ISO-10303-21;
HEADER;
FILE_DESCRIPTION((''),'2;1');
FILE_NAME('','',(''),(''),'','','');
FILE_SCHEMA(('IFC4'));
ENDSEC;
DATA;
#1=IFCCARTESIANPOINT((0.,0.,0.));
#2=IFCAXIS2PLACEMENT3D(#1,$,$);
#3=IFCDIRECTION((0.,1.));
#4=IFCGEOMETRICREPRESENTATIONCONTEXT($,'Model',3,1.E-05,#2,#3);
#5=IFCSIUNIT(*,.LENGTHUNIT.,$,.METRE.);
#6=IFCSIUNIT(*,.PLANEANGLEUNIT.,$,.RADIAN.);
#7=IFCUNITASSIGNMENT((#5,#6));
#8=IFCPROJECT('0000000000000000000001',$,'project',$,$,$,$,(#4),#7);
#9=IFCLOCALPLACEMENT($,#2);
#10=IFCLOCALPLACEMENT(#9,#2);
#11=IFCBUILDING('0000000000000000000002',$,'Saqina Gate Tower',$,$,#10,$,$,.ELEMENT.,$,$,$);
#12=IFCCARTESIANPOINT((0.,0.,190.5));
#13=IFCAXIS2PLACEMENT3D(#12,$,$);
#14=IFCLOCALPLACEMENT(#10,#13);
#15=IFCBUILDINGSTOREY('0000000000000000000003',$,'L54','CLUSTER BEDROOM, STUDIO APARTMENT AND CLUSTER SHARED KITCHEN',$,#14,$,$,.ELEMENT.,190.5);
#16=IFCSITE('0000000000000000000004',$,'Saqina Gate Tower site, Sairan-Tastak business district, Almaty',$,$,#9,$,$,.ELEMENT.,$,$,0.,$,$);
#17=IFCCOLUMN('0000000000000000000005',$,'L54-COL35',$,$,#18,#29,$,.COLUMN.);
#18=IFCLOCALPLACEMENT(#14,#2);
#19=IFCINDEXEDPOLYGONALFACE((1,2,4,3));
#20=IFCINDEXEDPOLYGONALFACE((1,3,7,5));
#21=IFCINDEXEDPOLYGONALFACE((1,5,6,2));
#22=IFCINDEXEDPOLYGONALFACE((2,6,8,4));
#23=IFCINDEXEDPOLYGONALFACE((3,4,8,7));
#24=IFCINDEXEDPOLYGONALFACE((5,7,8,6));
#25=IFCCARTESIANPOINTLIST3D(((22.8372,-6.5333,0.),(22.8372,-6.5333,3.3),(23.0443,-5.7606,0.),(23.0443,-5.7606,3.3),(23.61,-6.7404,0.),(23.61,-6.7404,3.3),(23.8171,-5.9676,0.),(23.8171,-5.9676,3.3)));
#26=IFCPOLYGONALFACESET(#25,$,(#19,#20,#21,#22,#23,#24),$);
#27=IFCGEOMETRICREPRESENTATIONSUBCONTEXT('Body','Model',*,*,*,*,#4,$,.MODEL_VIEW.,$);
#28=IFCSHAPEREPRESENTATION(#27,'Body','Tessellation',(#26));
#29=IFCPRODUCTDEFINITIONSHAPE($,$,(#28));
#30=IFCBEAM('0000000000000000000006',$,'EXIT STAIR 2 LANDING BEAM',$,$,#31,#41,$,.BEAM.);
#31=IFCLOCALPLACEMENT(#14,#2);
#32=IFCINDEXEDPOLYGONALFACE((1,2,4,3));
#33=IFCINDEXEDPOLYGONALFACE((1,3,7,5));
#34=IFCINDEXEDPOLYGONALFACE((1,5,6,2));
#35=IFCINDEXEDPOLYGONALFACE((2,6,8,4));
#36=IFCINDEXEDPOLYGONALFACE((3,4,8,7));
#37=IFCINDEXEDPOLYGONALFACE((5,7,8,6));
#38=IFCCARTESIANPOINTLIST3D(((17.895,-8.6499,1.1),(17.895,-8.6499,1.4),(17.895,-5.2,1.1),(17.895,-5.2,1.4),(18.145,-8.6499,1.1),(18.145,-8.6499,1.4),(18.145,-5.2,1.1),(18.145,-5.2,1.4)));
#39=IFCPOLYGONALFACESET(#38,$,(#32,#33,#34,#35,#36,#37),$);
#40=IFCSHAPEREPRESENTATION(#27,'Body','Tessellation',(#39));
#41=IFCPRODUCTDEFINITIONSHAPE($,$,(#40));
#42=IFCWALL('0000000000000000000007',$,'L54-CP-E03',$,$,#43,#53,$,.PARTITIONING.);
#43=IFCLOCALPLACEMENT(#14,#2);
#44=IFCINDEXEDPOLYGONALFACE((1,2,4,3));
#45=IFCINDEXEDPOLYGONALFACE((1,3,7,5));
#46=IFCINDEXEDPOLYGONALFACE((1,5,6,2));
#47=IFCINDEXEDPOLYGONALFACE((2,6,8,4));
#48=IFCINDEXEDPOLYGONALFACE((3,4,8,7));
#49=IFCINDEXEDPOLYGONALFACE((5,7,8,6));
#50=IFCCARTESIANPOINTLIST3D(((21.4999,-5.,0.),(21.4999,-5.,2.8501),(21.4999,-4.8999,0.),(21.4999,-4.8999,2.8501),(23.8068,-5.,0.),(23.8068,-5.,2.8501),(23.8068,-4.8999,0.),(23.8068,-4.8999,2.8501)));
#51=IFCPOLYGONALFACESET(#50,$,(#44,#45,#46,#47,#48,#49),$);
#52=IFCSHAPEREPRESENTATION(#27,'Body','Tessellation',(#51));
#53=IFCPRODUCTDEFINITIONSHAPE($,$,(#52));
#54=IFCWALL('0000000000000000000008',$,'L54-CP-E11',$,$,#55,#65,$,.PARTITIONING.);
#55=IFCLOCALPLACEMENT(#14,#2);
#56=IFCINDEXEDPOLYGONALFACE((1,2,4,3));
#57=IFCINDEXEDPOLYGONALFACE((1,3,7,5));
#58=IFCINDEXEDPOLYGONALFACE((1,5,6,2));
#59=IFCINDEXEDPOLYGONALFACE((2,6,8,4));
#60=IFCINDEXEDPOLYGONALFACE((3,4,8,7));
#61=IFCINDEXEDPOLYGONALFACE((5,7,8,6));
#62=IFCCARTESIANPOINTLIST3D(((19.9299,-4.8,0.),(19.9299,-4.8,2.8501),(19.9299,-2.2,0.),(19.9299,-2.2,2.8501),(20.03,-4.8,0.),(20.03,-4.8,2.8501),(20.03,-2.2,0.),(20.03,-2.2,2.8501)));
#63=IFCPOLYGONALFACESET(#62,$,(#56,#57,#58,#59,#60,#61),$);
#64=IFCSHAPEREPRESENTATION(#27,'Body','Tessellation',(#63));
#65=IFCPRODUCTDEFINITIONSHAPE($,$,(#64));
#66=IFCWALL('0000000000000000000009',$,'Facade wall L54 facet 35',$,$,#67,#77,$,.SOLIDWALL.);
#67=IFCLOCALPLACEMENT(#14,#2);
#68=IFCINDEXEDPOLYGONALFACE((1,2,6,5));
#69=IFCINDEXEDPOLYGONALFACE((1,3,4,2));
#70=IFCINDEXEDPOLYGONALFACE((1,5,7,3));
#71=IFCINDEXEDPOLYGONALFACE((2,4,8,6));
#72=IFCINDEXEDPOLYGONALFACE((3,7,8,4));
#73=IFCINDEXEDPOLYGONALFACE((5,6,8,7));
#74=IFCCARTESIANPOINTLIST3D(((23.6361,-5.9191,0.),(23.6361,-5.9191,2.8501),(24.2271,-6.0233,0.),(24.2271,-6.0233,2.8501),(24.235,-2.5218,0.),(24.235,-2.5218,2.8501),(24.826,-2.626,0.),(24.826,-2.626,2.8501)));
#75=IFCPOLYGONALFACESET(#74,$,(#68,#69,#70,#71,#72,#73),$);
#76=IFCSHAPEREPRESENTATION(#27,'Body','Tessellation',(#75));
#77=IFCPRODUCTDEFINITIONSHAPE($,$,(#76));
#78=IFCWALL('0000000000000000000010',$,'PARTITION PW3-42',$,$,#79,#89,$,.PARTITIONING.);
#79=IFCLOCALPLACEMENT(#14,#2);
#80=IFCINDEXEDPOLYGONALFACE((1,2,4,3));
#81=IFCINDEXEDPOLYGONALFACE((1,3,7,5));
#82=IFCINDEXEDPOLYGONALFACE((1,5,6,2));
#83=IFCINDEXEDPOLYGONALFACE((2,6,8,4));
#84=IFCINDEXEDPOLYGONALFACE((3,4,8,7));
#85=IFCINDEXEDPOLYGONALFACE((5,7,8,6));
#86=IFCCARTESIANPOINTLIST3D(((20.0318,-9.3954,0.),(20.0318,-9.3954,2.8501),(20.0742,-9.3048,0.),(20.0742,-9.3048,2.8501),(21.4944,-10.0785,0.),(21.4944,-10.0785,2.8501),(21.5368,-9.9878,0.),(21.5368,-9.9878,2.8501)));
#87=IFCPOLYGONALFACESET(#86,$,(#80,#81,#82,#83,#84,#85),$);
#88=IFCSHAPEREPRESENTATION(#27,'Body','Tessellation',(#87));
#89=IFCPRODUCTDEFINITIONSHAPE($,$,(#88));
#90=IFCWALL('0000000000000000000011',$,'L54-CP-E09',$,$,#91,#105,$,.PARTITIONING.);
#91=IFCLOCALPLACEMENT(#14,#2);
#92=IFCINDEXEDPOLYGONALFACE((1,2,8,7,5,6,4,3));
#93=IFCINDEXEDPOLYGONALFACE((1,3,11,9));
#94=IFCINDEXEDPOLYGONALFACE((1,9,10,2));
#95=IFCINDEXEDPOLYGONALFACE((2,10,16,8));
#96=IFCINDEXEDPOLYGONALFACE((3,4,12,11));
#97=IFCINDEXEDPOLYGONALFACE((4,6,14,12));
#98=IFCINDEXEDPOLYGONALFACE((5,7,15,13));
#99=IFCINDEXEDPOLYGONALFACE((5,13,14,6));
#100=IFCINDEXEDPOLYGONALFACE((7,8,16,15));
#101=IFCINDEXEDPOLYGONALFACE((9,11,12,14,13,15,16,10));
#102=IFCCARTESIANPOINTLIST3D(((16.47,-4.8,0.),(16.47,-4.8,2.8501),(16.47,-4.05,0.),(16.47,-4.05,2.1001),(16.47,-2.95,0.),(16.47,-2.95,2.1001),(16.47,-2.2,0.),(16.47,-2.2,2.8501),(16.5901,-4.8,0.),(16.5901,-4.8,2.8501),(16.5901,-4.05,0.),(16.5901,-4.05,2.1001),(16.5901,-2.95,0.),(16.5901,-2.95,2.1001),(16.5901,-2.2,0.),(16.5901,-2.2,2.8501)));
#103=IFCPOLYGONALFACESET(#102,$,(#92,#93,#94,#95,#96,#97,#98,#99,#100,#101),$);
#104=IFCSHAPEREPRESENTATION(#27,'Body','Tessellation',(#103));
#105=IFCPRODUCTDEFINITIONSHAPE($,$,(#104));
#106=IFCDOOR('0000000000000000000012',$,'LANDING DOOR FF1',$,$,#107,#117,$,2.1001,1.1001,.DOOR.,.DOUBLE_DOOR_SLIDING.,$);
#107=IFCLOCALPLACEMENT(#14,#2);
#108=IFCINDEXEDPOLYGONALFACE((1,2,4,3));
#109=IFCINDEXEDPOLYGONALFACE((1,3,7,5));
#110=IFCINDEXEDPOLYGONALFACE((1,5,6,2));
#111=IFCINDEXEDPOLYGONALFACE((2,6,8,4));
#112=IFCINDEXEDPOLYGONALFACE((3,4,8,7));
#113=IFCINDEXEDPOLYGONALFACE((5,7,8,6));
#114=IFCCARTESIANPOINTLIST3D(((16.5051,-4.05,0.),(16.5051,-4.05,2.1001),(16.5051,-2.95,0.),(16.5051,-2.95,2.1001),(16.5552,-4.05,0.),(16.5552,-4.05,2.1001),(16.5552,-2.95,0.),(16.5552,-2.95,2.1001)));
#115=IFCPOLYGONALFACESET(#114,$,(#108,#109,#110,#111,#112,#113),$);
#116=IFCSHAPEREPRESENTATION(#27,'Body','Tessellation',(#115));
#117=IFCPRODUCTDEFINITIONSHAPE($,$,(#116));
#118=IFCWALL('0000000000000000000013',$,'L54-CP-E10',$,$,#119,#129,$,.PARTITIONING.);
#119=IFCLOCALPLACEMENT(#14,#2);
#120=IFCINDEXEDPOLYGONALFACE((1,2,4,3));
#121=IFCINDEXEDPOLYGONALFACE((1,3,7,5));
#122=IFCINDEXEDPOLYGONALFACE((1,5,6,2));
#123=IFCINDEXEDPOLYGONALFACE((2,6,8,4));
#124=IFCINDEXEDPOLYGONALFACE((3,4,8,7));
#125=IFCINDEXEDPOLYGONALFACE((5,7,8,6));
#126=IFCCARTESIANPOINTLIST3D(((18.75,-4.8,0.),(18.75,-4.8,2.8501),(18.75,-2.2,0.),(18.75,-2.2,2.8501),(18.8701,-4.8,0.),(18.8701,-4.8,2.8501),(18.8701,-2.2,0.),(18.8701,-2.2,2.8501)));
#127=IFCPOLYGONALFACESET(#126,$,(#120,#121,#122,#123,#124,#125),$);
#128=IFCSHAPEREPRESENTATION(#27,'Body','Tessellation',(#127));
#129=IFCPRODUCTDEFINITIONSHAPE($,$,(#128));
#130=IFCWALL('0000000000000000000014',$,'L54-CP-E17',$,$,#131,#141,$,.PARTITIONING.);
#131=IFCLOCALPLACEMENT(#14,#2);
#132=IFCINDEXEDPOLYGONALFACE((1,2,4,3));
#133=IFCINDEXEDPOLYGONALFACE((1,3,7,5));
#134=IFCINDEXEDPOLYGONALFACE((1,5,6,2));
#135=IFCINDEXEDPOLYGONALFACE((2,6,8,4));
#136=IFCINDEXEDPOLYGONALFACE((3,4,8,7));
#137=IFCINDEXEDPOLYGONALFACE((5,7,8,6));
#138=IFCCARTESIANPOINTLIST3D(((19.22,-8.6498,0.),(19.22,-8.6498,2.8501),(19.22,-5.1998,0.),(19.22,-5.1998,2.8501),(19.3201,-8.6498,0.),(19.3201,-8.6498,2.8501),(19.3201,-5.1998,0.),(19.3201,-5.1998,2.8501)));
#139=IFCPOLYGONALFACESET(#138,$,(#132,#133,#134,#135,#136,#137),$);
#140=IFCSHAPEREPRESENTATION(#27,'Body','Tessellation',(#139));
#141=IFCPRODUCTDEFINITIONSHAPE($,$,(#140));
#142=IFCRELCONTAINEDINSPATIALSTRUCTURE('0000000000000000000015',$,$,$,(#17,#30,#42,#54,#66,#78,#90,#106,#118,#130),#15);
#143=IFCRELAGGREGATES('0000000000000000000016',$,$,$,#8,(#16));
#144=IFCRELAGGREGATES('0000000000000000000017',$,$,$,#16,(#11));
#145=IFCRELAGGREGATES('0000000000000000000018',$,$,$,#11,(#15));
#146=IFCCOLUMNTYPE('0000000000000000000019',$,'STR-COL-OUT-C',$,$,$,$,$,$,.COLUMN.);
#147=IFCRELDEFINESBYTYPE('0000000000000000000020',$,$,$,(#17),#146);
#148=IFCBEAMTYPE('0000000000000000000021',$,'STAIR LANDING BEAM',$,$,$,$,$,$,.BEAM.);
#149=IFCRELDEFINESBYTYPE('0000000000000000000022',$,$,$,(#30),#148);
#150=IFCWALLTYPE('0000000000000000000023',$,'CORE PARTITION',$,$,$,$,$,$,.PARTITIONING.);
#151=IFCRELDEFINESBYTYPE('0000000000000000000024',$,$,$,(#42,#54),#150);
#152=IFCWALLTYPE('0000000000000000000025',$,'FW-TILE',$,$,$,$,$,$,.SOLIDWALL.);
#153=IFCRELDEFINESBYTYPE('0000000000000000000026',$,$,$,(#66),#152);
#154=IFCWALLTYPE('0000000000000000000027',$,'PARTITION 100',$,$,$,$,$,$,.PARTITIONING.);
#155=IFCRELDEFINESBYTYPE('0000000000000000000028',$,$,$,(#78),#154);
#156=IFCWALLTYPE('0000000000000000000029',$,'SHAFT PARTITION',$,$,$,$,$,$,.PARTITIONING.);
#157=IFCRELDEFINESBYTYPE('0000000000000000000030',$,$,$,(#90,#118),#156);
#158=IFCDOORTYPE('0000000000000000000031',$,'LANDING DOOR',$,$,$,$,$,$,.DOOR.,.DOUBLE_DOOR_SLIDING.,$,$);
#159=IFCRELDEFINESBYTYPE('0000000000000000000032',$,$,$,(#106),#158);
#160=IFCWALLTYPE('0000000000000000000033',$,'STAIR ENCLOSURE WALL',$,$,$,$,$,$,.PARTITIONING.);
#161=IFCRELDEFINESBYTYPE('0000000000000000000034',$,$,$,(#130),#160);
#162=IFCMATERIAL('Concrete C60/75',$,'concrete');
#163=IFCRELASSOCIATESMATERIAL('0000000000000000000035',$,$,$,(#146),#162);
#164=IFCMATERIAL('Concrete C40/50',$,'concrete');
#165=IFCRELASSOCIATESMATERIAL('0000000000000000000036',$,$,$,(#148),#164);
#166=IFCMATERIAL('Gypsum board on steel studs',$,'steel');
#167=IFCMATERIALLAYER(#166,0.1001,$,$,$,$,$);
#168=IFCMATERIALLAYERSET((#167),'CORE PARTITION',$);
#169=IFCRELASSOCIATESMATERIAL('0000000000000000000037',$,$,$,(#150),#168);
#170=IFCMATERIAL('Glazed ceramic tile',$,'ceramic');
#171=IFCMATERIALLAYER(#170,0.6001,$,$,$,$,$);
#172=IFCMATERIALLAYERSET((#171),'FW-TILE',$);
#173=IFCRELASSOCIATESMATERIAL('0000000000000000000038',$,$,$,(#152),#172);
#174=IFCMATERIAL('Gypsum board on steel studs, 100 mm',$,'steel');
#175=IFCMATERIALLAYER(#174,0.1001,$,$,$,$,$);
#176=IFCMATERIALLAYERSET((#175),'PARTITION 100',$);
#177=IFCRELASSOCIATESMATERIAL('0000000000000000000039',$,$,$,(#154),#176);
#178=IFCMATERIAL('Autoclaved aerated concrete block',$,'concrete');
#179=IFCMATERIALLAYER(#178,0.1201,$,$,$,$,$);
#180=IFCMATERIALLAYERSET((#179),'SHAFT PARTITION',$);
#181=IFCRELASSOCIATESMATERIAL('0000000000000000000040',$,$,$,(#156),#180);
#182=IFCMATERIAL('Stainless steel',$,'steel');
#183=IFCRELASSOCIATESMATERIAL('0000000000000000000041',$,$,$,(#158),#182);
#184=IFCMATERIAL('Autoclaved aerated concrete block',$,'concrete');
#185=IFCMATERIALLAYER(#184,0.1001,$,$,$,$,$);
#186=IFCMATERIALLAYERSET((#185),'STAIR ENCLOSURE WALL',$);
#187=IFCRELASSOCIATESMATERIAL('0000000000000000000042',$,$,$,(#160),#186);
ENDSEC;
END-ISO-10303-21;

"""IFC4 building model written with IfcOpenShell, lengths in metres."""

from ifc_helpers import new_model, si_unit, direction, frame, frame_2d, origin, origin_2d, place, context, subcontext, project, spatial, rectangle, extrude, material, layer, layer_set, material_profile, profile_set, type_object, element, fill, save


model = new_model("IFC4")

# Units and contexts
model_context = context("Model", 3, precision=1e-05, world=origin(), true_north=direction((0.0, 1.0)))
body_context = subcontext(model_context, "Body", "Model", "MODEL_VIEW")
ifc_project = project(units=[si_unit("LENGTHUNIT", "METRE"), si_unit("PLANEANGLEUNIT", "RADIAN")], contexts=[model_context])

# Site, building, storey
site_placement = place(None, origin())
site = spatial("IfcSite", under=ifc_project, at=site_placement, Name="Saqina Gate Tower site, Sairan-Tastak business district, Almaty", CompositionType="ELEMENT", RefElevation=0.0)
building_placement = place(site_placement, origin())
building = spatial("IfcBuilding", under=site, at=building_placement, Name="Saqina Gate Tower", CompositionType="ELEMENT")
storey_placement = place(building_placement, frame((0.0, 0.0, 190.5)))
storey = spatial("IfcBuildingStorey", under=building, at=storey_placement, Name="L54", Description="CLUSTER BEDROOM, STUDIO APARTMENT AND CLUSTER SHARED KITCHEN", CompositionType="ELEMENT", Elevation=190.5)

# Column
ifc_material_1 = material(Name="Concrete C60/75", Category="concrete")
ifc_material_profile_1 = material_profile(ifc_material_1, rectangle(XDim=0.8, YDim=0.8, at=origin_2d()), Name="RC 800x800")
ifc_profile_set_1 = profile_set([ifc_material_profile_1], Name="Concrete C60/75")
column_type = type_object("IfcColumnType", Name="STR-COL-OUT-C", PredefinedType="COLUMN", material=ifc_profile_set_1)
column_placement = place(storey_placement, frame((23.3271, -6.2505, 0.0), z_axis=(0.0, 0.0, 1.0), x_axis=(0.965926, -0.258819, 0.0)))
element("IfcColumn", 1, at=column_placement, inside=storey, type_object=column_type, Name="L54-COL35", PredefinedType="COLUMN", context=body_context, shape_type="SweptSolid", body=[
    extrude(rectangle(XDim=0.8, YDim=0.8, at=origin_2d()), origin(), (0.0, 0.0, 1.0), 3.3),
])

# Beam
ifc_material_2 = material(Name="Concrete C40/50", Category="concrete")
ifc_material_profile_2 = material_profile(ifc_material_2, rectangle(XDim=0.25, YDim=0.3, at=origin_2d()), Name="STAIR LANDING BEAM")
ifc_profile_set_2 = profile_set([ifc_material_profile_2], Name="Concrete C40/50")
beam_type = type_object("IfcBeamType", Name="STAIR LANDING BEAM", PredefinedType="BEAM", material=ifc_profile_set_2)
beam_placement = place(storey_placement, frame((18.02, -8.6499, 1.25), z_axis=(0.0, 1.0, 0.0), x_axis=(-1.0, 0.0, 0.0)))
element("IfcBeam", 2, at=beam_placement, inside=storey, type_object=beam_type, Name="EXIT STAIR 2 LANDING BEAM", PredefinedType="BEAM", context=body_context, shape_type="SweptSolid", body=[
    extrude(rectangle(XDim=0.25, YDim=0.3, at=origin_2d()), origin(), (0.0, 0.0, 1.0), 3.45),
])

# Walls
ifc_material_3 = material(Name="Gypsum board on steel studs", Category="steel")
ifc_layer_1 = layer(ifc_material_3, 0.1001)
ifc_layer_set_1 = layer_set([ifc_layer_1], Name="CORE PARTITION")
wall_type_1 = type_object("IfcWallType", Name="CORE PARTITION", PredefinedType="PARTITIONING", material=ifc_layer_set_1)
wall_1_placement = place(storey_placement, frame((21.5, -4.95, 0.0), z_axis=(0.0, 0.0, 1.0), x_axis=(1.0, 0.0, 0.0)))
element("IfcWall", 3, at=wall_1_placement, inside=storey, type_object=wall_type_1, Name="L54-CP-E03", PredefinedType="PARTITIONING", context=body_context, shape_type="SweptSolid", body=[
    extrude(rectangle(XDim=2.3069, YDim=0.1001, at=frame_2d((1.1533, 0.0))), origin(), (0.0, 0.0, 1.0), 2.8501),
])
wall_2_placement = place(storey_placement, frame((19.98, -4.8, 0.0), z_axis=(0.0, 0.0, 1.0), x_axis=(0.0, 1.0, 0.0)))
element("IfcWall", 4, at=wall_2_placement, inside=storey, type_object=wall_type_1, Name="L54-CP-E11", PredefinedType="PARTITIONING", context=body_context, shape_type="SweptSolid", body=[
    extrude(rectangle(XDim=2.6001, YDim=0.1001, at=frame_2d((1.3, 0.0))), origin(), (0.0, 0.0, 1.0), 2.8501),
])
ifc_material_4 = material(Name="Glazed ceramic tile", Category="ceramic")
ifc_layer_2 = layer(ifc_material_4, 0.6001)
ifc_layer_set_2 = layer_set([ifc_layer_2], Name="FW-TILE")
wall_type_2 = type_object("IfcWallType", Name="FW-TILE", PredefinedType="SOLIDWALL", material=ifc_layer_set_2)
wall_3_placement = place(storey_placement, frame((23.9316, -5.9712, 0.0), z_axis=(0.0, 0.0, 1.0), x_axis=(0.173608, 0.984815, 0.0)))
element("IfcWall", 5, at=wall_3_placement, inside=storey, type_object=wall_type_2, Name="Facade wall L54 facet 35", PredefinedType="SOLIDWALL", context=body_context, shape_type="SweptSolid", body=[
    extrude(rectangle(XDim=3.4497, YDim=0.6001, at=frame_2d((1.7249, 0.0))), origin(), (0.0, 0.0, 1.0), 2.8501),
])
ifc_material_5 = material(Name="Gypsum board on steel studs, 100 mm", Category="steel")
ifc_layer_3 = layer(ifc_material_5, 0.1001)
ifc_layer_set_3 = layer_set([ifc_layer_3], Name="PARTITION 100")
wall_type_3 = type_object("IfcWallType", Name="PARTITION 100", PredefinedType="PARTITIONING", material=ifc_layer_set_3)
wall_4_placement = place(storey_placement, frame((20.053, -9.3501, 0.0), z_axis=(0.0, 0.0, 1.0), x_axis=(0.906056, -0.423159, 0.0)))
element("IfcWall", 6, at=wall_4_placement, inside=storey, type_object=wall_type_3, Name="PARTITION PW3-42", PredefinedType="PARTITIONING", context=body_context, shape_type="SweptSolid", body=[
    extrude(rectangle(XDim=1.6143, YDim=0.1001, at=frame_2d((0.8071, 0.0))), origin(), (0.0, 0.0, 1.0), 2.8501),
])

# Wall, opening, door
ifc_material_6 = material(Name="Autoclaved aerated concrete block", Category="concrete")
ifc_layer_4 = layer(ifc_material_6, 0.1201)
ifc_layer_set_4 = layer_set([ifc_layer_4], Name="SHAFT PARTITION")
wall_type_4 = type_object("IfcWallType", Name="SHAFT PARTITION", PredefinedType="PARTITIONING", material=ifc_layer_set_4)
wall_5_placement = place(storey_placement, frame((16.53, -4.8, 0.0), z_axis=(0.0, 0.0, 1.0), x_axis=(0.0, 1.0, 0.0)))
wall_5 = element("IfcWall", 7, at=wall_5_placement, inside=storey, type_object=wall_type_4, Name="L54-CP-E09", PredefinedType="PARTITIONING", context=body_context, shape_type="SweptSolid", body=[
    extrude(rectangle(XDim=2.6001, YDim=0.1201, at=frame_2d((1.3, 0.0))), origin(), (0.0, 0.0, 1.0), 2.8501),
])
opening_1_placement = place(wall_5_placement, frame((0.75, 0.0, 0.0)))
opening_1 = element("IfcOpeningElement", 8, at=opening_1_placement, cuts=wall_5, PredefinedType="OPENING", context=body_context, shape_type="SweptSolid", body=[
    extrude(rectangle(XDim=1.1001, YDim=2.1001, at=frame_2d((0.55, 1.05))), frame((0.0, 0.072, 0.0), z_axis=(0.0, -1.0, 0.0), x_axis=(1.0, 0.0, 0.0)), (0.0, 0.0, 1.0), 0.144),
])
ifc_material_7 = material(Name="Stainless steel", Category="steel")
door_type_1 = type_object("IfcDoorType", Name="LANDING DOOR", OperationType="DOUBLE_DOOR_SLIDING", PredefinedType="DOOR", material=ifc_material_7)
door_1_placement = place(opening_1_placement, origin())
door_1 = element("IfcDoor", 9, at=door_1_placement, inside=storey, type_object=door_type_1, Name="LANDING DOOR FF1", OperationType="DOUBLE_DOOR_SLIDING", OverallHeight=2.1001, OverallWidth=1.1001, PredefinedType="DOOR", context=body_context, shape_type="SweptSolid", body=[
    extrude(rectangle(XDim=1.1001, YDim=2.1001, at=frame_2d((0.55, 1.05))), frame((0.0, 0.0249, 0.0), z_axis=(0.0, -1.0, 0.0), x_axis=(1.0, 0.0, 0.0)), (0.0, 0.0, 1.0), 0.05),
])
fill(opening_1, door_1)

# Walls
wall_6_placement = place(storey_placement, frame((18.8101, -4.8, 0.0), z_axis=(0.0, 0.0, 1.0), x_axis=(0.0, 1.0, 0.0)))
element("IfcWall", 10, at=wall_6_placement, inside=storey, type_object=wall_type_4, Name="L54-CP-E10", PredefinedType="PARTITIONING", context=body_context, shape_type="SweptSolid", body=[
    extrude(rectangle(XDim=2.6001, YDim=0.1201, at=frame_2d((1.3, 0.0))), origin(), (0.0, 0.0, 1.0), 2.8501),
])
ifc_material_8 = material(Name="Autoclaved aerated concrete block", Category="concrete")
ifc_layer_5 = layer(ifc_material_8, 0.1001)
ifc_layer_set_5 = layer_set([ifc_layer_5], Name="STAIR ENCLOSURE WALL")
wall_type_5 = type_object("IfcWallType", Name="STAIR ENCLOSURE WALL", PredefinedType="PARTITIONING", material=ifc_layer_set_5)
wall_7_placement = place(storey_placement, frame((19.27, -8.6499, 0.0), z_axis=(0.0, 0.0, 1.0), x_axis=(0.0, 1.0, 0.0)))
element("IfcWall", 11, at=wall_7_placement, inside=storey, type_object=wall_type_5, Name="L54-CP-E17", PredefinedType="PARTITIONING", context=body_context, shape_type="SweptSolid", body=[
    extrude(rectangle(XDim=3.45, YDim=0.1001, at=frame_2d((1.7251, 0.0))), origin(), (0.0, 0.0, 1.0), 2.8501),
])

save(model, "model.ifc")
